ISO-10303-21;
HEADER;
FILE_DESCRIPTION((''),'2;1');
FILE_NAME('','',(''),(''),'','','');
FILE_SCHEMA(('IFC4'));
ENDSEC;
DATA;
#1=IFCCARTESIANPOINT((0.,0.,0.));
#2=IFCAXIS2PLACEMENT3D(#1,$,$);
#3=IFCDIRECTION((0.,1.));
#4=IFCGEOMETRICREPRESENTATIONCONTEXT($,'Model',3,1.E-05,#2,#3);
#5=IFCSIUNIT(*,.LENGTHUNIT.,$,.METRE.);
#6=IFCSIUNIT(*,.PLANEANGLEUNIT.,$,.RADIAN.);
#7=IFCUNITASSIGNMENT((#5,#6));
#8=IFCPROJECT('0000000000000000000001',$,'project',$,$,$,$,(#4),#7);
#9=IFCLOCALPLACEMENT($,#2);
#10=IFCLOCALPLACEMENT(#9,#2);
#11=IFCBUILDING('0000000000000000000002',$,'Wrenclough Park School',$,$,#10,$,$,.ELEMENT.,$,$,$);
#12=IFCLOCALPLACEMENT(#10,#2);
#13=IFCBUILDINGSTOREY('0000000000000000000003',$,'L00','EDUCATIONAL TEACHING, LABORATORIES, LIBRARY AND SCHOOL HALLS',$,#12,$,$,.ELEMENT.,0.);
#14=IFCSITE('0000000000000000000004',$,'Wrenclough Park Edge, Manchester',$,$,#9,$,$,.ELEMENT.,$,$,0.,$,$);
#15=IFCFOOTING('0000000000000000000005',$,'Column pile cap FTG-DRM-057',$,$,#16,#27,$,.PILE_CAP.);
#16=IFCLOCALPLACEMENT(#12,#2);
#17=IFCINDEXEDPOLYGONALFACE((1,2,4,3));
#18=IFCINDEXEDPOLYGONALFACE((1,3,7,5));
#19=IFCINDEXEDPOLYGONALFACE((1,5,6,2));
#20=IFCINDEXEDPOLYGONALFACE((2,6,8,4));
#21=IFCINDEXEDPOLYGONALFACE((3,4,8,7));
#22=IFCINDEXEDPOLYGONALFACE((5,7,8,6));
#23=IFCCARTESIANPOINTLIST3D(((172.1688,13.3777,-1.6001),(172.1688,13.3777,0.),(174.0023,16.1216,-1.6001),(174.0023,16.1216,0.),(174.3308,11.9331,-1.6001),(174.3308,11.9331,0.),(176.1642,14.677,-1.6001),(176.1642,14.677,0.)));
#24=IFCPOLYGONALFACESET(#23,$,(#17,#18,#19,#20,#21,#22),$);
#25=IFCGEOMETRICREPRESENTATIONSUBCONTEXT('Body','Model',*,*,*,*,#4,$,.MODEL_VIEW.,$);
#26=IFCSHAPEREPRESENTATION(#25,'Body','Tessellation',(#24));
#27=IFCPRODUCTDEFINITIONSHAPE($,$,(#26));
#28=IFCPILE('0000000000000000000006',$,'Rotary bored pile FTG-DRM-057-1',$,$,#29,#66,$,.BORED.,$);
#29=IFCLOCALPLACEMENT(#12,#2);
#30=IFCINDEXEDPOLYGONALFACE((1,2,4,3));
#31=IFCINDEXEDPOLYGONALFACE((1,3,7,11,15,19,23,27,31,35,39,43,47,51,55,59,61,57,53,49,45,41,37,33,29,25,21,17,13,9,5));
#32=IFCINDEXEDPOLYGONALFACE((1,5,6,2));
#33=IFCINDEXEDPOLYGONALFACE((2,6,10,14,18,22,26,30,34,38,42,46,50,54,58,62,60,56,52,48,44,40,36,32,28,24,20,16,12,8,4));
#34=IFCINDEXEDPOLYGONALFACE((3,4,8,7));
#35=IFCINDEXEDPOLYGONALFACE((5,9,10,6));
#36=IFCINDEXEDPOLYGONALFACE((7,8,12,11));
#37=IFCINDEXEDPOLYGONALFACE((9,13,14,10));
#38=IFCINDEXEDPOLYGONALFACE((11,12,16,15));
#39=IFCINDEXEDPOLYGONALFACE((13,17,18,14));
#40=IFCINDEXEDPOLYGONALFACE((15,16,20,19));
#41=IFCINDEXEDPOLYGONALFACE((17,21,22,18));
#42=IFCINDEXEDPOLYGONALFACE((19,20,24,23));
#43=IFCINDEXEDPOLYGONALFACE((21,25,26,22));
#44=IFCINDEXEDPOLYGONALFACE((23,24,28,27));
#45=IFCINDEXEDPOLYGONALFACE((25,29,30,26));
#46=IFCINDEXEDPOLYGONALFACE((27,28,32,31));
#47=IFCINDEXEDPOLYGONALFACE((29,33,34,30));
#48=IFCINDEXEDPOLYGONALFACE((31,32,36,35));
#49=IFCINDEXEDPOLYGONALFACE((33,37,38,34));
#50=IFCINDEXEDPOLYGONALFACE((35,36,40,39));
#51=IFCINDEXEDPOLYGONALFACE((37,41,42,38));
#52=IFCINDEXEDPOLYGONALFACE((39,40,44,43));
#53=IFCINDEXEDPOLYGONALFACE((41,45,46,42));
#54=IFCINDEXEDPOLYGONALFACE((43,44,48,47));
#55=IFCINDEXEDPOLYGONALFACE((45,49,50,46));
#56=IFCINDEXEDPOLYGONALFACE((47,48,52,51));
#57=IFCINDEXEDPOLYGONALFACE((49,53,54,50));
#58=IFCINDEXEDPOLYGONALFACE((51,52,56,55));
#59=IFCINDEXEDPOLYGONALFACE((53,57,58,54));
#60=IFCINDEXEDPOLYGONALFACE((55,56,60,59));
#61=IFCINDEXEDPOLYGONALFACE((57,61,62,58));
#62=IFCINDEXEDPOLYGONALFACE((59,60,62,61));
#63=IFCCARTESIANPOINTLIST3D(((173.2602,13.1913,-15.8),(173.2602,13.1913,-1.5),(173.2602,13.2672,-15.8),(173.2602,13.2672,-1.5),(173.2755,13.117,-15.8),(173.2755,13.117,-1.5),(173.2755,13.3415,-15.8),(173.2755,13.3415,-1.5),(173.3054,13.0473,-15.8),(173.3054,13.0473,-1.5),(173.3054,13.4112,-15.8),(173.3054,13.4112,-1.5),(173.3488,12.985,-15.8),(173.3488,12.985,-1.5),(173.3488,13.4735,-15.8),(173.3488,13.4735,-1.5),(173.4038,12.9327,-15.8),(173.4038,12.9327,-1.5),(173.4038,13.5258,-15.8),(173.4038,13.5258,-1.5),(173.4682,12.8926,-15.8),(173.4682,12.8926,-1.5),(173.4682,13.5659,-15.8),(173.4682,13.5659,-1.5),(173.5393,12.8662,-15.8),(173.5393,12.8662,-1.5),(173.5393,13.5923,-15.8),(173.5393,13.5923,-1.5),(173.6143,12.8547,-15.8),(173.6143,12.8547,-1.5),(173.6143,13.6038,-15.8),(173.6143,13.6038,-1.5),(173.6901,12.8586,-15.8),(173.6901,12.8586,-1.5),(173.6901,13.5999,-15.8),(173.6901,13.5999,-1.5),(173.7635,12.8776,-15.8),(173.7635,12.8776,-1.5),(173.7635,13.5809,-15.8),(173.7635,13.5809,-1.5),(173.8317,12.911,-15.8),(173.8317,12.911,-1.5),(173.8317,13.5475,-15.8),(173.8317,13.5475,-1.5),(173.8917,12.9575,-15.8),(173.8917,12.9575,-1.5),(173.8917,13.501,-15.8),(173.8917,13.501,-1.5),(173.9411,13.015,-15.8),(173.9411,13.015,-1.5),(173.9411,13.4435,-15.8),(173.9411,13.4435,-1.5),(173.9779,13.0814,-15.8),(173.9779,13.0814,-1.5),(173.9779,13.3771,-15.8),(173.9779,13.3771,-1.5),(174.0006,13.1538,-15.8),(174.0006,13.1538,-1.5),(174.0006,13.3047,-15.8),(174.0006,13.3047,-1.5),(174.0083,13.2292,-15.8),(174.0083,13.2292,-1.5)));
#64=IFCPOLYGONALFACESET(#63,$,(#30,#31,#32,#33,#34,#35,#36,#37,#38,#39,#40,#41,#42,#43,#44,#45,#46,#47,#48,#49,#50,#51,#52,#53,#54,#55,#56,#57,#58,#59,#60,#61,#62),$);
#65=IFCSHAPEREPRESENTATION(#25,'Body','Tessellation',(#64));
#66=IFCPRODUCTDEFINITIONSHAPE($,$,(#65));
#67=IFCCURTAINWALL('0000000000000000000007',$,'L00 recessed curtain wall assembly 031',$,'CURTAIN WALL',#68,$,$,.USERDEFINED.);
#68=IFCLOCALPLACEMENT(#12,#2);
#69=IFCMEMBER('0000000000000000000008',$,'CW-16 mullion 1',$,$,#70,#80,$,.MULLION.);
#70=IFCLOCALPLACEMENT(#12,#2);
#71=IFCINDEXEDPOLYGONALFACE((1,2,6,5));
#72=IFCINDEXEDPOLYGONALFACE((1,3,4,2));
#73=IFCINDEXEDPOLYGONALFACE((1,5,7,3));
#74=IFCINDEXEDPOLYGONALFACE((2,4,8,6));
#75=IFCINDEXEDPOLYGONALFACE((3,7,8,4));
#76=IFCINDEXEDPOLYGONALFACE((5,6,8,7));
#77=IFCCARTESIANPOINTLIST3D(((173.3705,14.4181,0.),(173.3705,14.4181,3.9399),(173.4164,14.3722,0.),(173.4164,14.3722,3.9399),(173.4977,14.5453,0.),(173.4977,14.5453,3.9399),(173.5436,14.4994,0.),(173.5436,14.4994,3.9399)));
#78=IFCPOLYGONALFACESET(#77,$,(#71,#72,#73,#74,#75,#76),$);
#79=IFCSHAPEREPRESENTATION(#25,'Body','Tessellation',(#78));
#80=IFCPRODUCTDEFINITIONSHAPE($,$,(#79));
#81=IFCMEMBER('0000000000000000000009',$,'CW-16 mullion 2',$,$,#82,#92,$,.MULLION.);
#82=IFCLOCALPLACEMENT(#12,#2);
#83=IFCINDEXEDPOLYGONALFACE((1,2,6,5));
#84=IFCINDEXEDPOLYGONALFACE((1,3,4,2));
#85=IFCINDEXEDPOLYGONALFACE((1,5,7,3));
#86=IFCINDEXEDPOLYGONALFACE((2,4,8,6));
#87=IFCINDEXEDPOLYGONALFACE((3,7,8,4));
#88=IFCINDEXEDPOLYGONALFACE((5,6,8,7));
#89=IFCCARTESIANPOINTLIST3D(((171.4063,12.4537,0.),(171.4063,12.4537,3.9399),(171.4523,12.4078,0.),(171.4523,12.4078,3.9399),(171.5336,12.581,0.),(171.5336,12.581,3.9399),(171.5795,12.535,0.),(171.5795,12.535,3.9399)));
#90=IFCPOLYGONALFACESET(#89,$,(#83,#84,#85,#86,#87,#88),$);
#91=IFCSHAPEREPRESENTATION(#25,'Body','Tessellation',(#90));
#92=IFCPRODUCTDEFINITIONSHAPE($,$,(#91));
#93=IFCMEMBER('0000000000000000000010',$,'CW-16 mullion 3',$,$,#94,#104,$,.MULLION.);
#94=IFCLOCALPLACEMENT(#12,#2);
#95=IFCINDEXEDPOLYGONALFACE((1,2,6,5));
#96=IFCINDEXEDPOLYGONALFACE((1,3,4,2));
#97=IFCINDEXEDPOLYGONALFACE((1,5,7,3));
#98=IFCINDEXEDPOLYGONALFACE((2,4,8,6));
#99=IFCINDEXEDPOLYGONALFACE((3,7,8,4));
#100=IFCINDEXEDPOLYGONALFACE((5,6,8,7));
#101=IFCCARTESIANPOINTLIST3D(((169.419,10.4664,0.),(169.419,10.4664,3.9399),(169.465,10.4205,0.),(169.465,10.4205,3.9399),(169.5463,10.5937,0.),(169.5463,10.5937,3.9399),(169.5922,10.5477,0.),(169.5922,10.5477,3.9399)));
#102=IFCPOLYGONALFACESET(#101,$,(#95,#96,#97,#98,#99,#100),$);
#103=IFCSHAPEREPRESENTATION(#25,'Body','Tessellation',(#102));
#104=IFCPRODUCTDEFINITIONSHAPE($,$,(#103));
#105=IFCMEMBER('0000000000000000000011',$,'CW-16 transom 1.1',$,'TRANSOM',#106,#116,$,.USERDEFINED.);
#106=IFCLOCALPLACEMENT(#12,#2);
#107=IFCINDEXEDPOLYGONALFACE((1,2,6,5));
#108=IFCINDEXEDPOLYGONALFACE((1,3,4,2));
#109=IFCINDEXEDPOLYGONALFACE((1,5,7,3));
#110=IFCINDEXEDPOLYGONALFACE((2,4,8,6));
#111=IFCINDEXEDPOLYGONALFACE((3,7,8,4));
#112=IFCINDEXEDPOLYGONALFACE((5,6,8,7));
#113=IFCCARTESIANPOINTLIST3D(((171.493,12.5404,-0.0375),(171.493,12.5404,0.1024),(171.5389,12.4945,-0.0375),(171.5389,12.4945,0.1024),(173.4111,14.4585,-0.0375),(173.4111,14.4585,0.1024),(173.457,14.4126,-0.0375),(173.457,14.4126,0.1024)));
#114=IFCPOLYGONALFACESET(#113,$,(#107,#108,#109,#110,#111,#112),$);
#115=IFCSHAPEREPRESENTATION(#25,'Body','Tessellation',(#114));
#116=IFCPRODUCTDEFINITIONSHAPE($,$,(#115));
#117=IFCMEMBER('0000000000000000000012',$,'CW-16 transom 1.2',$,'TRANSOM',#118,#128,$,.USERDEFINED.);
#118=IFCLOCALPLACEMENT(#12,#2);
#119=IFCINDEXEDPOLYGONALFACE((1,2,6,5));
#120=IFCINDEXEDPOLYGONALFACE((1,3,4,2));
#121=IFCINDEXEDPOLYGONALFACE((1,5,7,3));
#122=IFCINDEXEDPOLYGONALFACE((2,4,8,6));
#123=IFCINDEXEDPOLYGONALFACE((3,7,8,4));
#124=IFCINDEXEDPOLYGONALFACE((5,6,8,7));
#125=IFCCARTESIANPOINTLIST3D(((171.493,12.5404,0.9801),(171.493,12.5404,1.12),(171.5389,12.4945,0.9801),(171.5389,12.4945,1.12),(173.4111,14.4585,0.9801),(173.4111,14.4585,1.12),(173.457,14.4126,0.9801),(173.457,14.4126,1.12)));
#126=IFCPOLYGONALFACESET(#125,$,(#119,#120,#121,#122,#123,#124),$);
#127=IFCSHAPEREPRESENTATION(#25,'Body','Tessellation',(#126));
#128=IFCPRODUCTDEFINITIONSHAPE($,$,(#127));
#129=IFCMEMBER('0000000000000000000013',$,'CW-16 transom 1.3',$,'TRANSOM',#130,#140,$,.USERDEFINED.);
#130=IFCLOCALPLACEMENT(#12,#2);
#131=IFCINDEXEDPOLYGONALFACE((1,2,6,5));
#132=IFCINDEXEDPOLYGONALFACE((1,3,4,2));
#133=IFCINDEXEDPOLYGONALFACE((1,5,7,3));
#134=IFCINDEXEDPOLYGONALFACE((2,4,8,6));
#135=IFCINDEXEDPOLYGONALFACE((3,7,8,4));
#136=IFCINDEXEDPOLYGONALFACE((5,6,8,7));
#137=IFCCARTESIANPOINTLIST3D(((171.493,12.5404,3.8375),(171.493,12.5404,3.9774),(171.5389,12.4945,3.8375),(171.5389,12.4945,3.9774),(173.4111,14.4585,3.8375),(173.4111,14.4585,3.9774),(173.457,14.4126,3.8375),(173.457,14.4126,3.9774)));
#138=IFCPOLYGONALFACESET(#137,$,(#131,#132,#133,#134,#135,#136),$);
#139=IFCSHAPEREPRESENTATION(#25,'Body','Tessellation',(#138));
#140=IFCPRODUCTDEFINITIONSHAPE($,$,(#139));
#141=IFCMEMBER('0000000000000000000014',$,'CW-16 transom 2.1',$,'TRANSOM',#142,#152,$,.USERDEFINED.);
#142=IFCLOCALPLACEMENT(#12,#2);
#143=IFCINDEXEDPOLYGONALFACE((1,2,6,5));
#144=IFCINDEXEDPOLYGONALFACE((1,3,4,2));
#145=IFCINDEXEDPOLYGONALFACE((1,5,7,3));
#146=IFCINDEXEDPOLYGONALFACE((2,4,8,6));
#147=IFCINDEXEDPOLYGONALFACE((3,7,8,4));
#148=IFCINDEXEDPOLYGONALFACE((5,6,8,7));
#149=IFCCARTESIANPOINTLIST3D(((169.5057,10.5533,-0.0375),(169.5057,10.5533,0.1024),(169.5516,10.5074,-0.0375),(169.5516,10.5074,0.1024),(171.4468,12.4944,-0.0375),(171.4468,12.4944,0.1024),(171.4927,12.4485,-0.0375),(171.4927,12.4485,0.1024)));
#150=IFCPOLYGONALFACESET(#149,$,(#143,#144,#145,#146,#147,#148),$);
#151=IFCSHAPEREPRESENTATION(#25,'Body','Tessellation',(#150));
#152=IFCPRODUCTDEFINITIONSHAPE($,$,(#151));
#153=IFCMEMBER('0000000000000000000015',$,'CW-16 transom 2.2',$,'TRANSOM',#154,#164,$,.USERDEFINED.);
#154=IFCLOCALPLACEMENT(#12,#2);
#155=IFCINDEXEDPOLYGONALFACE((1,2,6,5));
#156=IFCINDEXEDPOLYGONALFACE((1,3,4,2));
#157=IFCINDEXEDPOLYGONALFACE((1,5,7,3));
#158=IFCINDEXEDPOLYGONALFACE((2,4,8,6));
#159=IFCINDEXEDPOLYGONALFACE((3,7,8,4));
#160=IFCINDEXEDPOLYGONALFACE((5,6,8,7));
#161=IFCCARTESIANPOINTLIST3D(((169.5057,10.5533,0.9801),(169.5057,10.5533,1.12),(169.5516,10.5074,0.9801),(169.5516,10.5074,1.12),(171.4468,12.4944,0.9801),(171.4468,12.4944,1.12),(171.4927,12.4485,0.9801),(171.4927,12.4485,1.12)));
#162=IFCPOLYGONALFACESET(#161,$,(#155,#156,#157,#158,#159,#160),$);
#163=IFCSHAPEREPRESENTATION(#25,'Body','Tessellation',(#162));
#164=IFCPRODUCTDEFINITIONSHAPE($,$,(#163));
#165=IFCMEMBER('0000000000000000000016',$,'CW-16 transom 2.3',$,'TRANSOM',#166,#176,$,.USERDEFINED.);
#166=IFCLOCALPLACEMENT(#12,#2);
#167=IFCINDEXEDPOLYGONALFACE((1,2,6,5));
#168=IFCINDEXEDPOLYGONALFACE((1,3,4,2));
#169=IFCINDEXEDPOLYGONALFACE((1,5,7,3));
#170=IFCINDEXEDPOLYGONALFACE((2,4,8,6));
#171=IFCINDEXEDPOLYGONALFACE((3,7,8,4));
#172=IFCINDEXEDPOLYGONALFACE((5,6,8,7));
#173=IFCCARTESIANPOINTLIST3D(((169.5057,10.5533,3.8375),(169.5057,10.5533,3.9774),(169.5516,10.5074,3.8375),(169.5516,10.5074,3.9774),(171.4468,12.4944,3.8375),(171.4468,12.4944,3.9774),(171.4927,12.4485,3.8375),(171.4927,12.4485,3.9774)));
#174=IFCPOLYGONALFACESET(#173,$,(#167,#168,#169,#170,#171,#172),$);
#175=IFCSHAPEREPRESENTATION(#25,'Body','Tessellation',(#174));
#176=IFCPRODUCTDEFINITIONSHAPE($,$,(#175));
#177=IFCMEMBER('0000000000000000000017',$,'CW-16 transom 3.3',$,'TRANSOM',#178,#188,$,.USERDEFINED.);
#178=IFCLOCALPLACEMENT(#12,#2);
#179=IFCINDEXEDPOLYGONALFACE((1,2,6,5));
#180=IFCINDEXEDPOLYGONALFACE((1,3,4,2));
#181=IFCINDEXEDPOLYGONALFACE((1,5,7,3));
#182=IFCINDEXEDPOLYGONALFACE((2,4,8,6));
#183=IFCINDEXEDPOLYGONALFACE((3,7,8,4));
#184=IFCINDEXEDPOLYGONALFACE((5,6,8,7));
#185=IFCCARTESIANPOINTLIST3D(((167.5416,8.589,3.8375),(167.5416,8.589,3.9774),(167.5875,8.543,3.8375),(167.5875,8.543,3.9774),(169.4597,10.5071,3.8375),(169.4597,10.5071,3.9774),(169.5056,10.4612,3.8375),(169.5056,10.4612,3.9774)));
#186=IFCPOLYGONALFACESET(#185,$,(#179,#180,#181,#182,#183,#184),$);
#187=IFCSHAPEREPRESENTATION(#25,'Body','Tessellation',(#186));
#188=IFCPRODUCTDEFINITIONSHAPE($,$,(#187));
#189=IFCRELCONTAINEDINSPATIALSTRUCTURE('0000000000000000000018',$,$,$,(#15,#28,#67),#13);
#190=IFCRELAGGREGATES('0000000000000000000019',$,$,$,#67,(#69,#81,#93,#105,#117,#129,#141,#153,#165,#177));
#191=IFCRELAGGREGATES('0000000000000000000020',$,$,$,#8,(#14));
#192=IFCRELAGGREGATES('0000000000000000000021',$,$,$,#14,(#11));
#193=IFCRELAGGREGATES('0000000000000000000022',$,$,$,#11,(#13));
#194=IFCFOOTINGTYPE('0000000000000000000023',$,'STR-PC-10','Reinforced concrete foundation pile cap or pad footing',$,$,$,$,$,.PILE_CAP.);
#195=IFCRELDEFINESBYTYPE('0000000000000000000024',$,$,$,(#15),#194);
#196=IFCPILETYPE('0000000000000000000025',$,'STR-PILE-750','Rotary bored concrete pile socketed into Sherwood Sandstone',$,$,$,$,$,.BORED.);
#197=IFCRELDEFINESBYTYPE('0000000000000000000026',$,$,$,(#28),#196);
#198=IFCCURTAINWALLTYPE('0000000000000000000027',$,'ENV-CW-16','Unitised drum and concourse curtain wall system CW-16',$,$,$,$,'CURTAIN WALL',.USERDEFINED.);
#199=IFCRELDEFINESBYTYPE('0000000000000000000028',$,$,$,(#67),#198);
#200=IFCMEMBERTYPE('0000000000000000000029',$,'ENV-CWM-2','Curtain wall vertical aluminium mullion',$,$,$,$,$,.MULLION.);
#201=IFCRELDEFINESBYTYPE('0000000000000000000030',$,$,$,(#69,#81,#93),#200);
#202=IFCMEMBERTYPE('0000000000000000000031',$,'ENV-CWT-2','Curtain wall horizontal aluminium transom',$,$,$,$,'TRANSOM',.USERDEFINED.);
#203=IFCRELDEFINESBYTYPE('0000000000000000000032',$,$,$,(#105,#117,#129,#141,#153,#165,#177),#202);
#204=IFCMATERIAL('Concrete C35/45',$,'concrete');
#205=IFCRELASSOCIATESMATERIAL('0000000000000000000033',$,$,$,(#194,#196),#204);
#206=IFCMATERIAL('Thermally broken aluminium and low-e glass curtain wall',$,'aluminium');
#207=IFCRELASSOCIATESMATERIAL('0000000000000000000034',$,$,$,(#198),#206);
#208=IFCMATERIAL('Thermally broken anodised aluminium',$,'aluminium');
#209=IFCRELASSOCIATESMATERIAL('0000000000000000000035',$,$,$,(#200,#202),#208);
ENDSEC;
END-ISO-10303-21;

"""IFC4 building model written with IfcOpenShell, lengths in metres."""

from ifc_helpers import new_model, si_unit, direction, frame, origin, origin_2d, place, context, subcontext, project, spatial, rectangle, circle, extrude, material, material_profile, profile_set, type_object, element, aggregate, save


model = new_model("IFC4")

# Units and contexts
model_context = context("Model", 3, precision=1e-05, world=origin(), true_north=direction((0.0, 1.0)))
body_context = subcontext(model_context, "Body", "Model", "MODEL_VIEW")
ifc_project = project(units=[si_unit("LENGTHUNIT", "METRE"), si_unit("PLANEANGLEUNIT", "RADIAN")], contexts=[model_context])

# Site, building, storey
site_placement = place(None, origin())
site = spatial("IfcSite", under=ifc_project, at=site_placement, Name="Wrenclough Park Edge, Manchester", CompositionType="ELEMENT", RefElevation=0.0)
building_placement = place(site_placement, origin())
building = spatial("IfcBuilding", under=site, at=building_placement, Name="Wrenclough Park School", CompositionType="ELEMENT")
storey_placement = place(building_placement, origin())
storey = spatial("IfcBuildingStorey", under=building, at=storey_placement, Name="L00", Description="EDUCATIONAL TEACHING, LABORATORIES, LIBRARY AND SCHOOL HALLS", CompositionType="ELEMENT", Elevation=0.0)

# Footing
ifc_material_1 = material(Name="Concrete C35/45", Category="concrete")
footing_type = type_object("IfcFootingType", Name="STR-PC-10", Description="Reinforced concrete foundation pile cap or pad footing", PredefinedType="PILE_CAP", material=ifc_material_1)
footing_placement = place(storey_placement, frame((174.1665, 14.0273, -1.6001), z_axis=(0.0, 0.0, 1.0), x_axis=(0.55557, 0.83147, 0.0)))
element("IfcFooting", 1, at=footing_placement, inside=storey, type_object=footing_type, Name="Column pile cap FTG-DRM-057", PredefinedType="PILE_CAP", context=body_context, shape_type="SweptSolid", body=[
    extrude(rectangle(XDim=3.3, YDim=2.6001, at=origin_2d()), origin(), (0.0, 0.0, 1.0), 1.6001),
])

# Pile
ifc_material_profile_1 = material_profile(ifc_material_1, circle(Radius=0.375, at=origin_2d()), Name="BORED PILE D750")
ifc_profile_set_1 = profile_set([ifc_material_profile_1], Name="Concrete C35/45")
pile_type = type_object("IfcPileType", Name="STR-PILE-750", Description="Rotary bored concrete pile socketed into Sherwood Sandstone", PredefinedType="BORED", material=ifc_profile_set_1)
pile_placement = place(storey_placement, frame((173.6333, 13.2292, -1.5), z_axis=(0.0, 0.0, -1.0), x_axis=(1.0, 0.0, 0.0)))
element("IfcPile", 2, at=pile_placement, inside=storey, type_object=pile_type, Name="Rotary bored pile FTG-DRM-057-1", PredefinedType="BORED", context=body_context, shape_type="SweptSolid", body=[
    extrude(circle(Radius=0.375, at=origin_2d()), origin(), (0.0, 0.0, 1.0), 14.3),
])

# Curtain wall, members
ifc_material_2 = material(Name="Thermally broken aluminium and low-e glass curtain wall", Category="aluminium")
curtain_wall_type = type_object("IfcCurtainWallType", Name="ENV-CW-16", Description="Unitised drum and concourse curtain wall system CW-16", ElementType="CURTAIN WALL", PredefinedType="USERDEFINED", material=ifc_material_2)
curtain_wall_placement = place(storey_placement, origin())
curtain_wall = element("IfcCurtainWall", 3, at=curtain_wall_placement, inside=storey, type_object=curtain_wall_type, Name="L00 recessed curtain wall assembly 031", ObjectType="CURTAIN WALL", PredefinedType="USERDEFINED")
ifc_material_3 = material(Name="Thermally broken anodised aluminium", Category="aluminium")
ifc_material_profile_2 = material_profile(ifc_material_3, rectangle(XDim=0.0649, YDim=0.1799, at=origin_2d()), Name="AL MULLION 65x180")
ifc_profile_set_2 = profile_set([ifc_material_profile_2], Name="Thermally broken anodised aluminium")
member_type_1 = type_object("IfcMemberType", Name="ENV-CWM-2", Description="Curtain wall vertical aluminium mullion", PredefinedType="MULLION", material=ifc_profile_set_2)
member_1_placement = place(storey_placement, frame((173.457, 14.4587, 0.0), z_axis=(0.0, 0.0, 1.0), x_axis=(0.707107, -0.707107, 0.0)))
member_1 = element("IfcMember", 4, at=member_1_placement, type_object=member_type_1, Name="CW-16 mullion 1", PredefinedType="MULLION", context=body_context, shape_type="SweptSolid", body=[
    extrude(rectangle(XDim=0.0649, YDim=0.1799, at=origin_2d()), origin(), (0.0, 0.0, 1.0), 3.9399),
])
member_2_placement = place(storey_placement, frame((171.4929, 12.4944, 0.0), z_axis=(0.0, 0.0, 1.0), x_axis=(0.707107, -0.707107, 0.0)))
member_2 = element("IfcMember", 5, at=member_2_placement, type_object=member_type_1, Name="CW-16 mullion 2", PredefinedType="MULLION", context=body_context, shape_type="SweptSolid", body=[
    extrude(rectangle(XDim=0.0649, YDim=0.1799, at=origin_2d()), origin(), (0.0, 0.0, 1.0), 3.9399),
])
member_3_placement = place(storey_placement, frame((169.5056, 10.5071, 0.0), z_axis=(0.0, 0.0, 1.0), x_axis=(0.707107, -0.707107, 0.0)))
member_3 = element("IfcMember", 6, at=member_3_placement, type_object=member_type_1, Name="CW-16 mullion 3", PredefinedType="MULLION", context=body_context, shape_type="SweptSolid", body=[
    extrude(rectangle(XDim=0.0649, YDim=0.1799, at=origin_2d()), origin(), (0.0, 0.0, 1.0), 3.9399),
])
ifc_material_profile_3 = material_profile(ifc_material_3, rectangle(XDim=0.0649, YDim=0.1399, at=origin_2d()), Name="AL TRANSOM 65x140")
ifc_profile_set_3 = profile_set([ifc_material_profile_3], Name="Thermally broken anodised aluminium")
member_type_2 = type_object("IfcMemberType", Name="ENV-CWT-2", Description="Curtain wall horizontal aluminium transom", ElementType="TRANSOM", PredefinedType="USERDEFINED", material=ifc_profile_set_3)
member_4_placement = place(storey_placement, frame((173.4341, 14.4355, 0.0325), z_axis=(-0.707107, -0.707107, 0.0), x_axis=(0.707107, -0.707107, 0.0)))
member_4 = element("IfcMember", 7, at=member_4_placement, type_object=member_type_2, Name="CW-16 transom 1.1", ObjectType="TRANSOM", PredefinedType="USERDEFINED", context=body_context, shape_type="SweptSolid", body=[
    extrude(rectangle(XDim=0.0649, YDim=0.1399, at=origin_2d()), origin(), (0.0, 0.0, 1.0), 2.7126),
])
member_5_placement = place(storey_placement, frame((173.4341, 14.4355, 1.05), z_axis=(-0.707107, -0.707107, 0.0), x_axis=(0.707107, -0.707107, 0.0)))
member_5 = element("IfcMember", 8, at=member_5_placement, type_object=member_type_2, Name="CW-16 transom 1.2", ObjectType="TRANSOM", PredefinedType="USERDEFINED", context=body_context, shape_type="SweptSolid", body=[
    extrude(rectangle(XDim=0.0649, YDim=0.1399, at=origin_2d()), origin(), (0.0, 0.0, 1.0), 2.7126),
])
member_6_placement = place(storey_placement, frame((173.4341, 14.4355, 3.9075), z_axis=(-0.707107, -0.707107, 0.0), x_axis=(0.707107, -0.707107, 0.0)))
member_6 = element("IfcMember", 9, at=member_6_placement, type_object=member_type_2, Name="CW-16 transom 1.3", ObjectType="TRANSOM", PredefinedType="USERDEFINED", context=body_context, shape_type="SweptSolid", body=[
    extrude(rectangle(XDim=0.0649, YDim=0.1399, at=origin_2d()), origin(), (0.0, 0.0, 1.0), 2.7126),
])
member_7_placement = place(storey_placement, frame((171.4697, 12.4714, 0.0325), z_axis=(-0.707107, -0.707107, 0.0), x_axis=(0.707107, -0.707107, 0.0)))
member_7 = element("IfcMember", 10, at=member_7_placement, type_object=member_type_2, Name="CW-16 transom 2.1", ObjectType="TRANSOM", PredefinedType="USERDEFINED", context=body_context, shape_type="SweptSolid", body=[
    extrude(rectangle(XDim=0.0649, YDim=0.1399, at=origin_2d()), origin(), (0.0, 0.0, 1.0), 2.7451),
])
member_8_placement = place(storey_placement, frame((171.4697, 12.4714, 1.05), z_axis=(-0.707107, -0.707107, 0.0), x_axis=(0.707107, -0.707107, 0.0)))
member_8 = element("IfcMember", 11, at=member_8_placement, type_object=member_type_2, Name="CW-16 transom 2.2", ObjectType="TRANSOM", PredefinedType="USERDEFINED", context=body_context, shape_type="SweptSolid", body=[
    extrude(rectangle(XDim=0.0649, YDim=0.1399, at=origin_2d()), origin(), (0.0, 0.0, 1.0), 2.7451),
])
member_9_placement = place(storey_placement, frame((171.4697, 12.4714, 3.9075), z_axis=(-0.707107, -0.707107, 0.0), x_axis=(0.707107, -0.707107, 0.0)))
member_9 = element("IfcMember", 12, at=member_9_placement, type_object=member_type_2, Name="CW-16 transom 2.3", ObjectType="TRANSOM", PredefinedType="USERDEFINED", context=body_context, shape_type="SweptSolid", body=[
    extrude(rectangle(XDim=0.0649, YDim=0.1399, at=origin_2d()), origin(), (0.0, 0.0, 1.0), 2.7451),
])
member_10_placement = place(storey_placement, frame((169.4827, 10.4841, 3.9075), z_axis=(-0.707107, -0.707107, 0.0), x_axis=(0.707107, -0.707107, 0.0)))
member_10 = element("IfcMember", 13, at=member_10_placement, type_object=member_type_2, Name="CW-16 transom 3.3", ObjectType="TRANSOM", PredefinedType="USERDEFINED", context=body_context, shape_type="SweptSolid", body=[
    extrude(rectangle(XDim=0.0649, YDim=0.1399, at=origin_2d()), origin(), (0.0, 0.0, 1.0), 2.7126),
])

aggregate(curtain_wall, [member_1, member_2, member_3, member_4, member_5, member_6, member_7, member_8, member_9, member_10])

save(model, "model.ifc")
